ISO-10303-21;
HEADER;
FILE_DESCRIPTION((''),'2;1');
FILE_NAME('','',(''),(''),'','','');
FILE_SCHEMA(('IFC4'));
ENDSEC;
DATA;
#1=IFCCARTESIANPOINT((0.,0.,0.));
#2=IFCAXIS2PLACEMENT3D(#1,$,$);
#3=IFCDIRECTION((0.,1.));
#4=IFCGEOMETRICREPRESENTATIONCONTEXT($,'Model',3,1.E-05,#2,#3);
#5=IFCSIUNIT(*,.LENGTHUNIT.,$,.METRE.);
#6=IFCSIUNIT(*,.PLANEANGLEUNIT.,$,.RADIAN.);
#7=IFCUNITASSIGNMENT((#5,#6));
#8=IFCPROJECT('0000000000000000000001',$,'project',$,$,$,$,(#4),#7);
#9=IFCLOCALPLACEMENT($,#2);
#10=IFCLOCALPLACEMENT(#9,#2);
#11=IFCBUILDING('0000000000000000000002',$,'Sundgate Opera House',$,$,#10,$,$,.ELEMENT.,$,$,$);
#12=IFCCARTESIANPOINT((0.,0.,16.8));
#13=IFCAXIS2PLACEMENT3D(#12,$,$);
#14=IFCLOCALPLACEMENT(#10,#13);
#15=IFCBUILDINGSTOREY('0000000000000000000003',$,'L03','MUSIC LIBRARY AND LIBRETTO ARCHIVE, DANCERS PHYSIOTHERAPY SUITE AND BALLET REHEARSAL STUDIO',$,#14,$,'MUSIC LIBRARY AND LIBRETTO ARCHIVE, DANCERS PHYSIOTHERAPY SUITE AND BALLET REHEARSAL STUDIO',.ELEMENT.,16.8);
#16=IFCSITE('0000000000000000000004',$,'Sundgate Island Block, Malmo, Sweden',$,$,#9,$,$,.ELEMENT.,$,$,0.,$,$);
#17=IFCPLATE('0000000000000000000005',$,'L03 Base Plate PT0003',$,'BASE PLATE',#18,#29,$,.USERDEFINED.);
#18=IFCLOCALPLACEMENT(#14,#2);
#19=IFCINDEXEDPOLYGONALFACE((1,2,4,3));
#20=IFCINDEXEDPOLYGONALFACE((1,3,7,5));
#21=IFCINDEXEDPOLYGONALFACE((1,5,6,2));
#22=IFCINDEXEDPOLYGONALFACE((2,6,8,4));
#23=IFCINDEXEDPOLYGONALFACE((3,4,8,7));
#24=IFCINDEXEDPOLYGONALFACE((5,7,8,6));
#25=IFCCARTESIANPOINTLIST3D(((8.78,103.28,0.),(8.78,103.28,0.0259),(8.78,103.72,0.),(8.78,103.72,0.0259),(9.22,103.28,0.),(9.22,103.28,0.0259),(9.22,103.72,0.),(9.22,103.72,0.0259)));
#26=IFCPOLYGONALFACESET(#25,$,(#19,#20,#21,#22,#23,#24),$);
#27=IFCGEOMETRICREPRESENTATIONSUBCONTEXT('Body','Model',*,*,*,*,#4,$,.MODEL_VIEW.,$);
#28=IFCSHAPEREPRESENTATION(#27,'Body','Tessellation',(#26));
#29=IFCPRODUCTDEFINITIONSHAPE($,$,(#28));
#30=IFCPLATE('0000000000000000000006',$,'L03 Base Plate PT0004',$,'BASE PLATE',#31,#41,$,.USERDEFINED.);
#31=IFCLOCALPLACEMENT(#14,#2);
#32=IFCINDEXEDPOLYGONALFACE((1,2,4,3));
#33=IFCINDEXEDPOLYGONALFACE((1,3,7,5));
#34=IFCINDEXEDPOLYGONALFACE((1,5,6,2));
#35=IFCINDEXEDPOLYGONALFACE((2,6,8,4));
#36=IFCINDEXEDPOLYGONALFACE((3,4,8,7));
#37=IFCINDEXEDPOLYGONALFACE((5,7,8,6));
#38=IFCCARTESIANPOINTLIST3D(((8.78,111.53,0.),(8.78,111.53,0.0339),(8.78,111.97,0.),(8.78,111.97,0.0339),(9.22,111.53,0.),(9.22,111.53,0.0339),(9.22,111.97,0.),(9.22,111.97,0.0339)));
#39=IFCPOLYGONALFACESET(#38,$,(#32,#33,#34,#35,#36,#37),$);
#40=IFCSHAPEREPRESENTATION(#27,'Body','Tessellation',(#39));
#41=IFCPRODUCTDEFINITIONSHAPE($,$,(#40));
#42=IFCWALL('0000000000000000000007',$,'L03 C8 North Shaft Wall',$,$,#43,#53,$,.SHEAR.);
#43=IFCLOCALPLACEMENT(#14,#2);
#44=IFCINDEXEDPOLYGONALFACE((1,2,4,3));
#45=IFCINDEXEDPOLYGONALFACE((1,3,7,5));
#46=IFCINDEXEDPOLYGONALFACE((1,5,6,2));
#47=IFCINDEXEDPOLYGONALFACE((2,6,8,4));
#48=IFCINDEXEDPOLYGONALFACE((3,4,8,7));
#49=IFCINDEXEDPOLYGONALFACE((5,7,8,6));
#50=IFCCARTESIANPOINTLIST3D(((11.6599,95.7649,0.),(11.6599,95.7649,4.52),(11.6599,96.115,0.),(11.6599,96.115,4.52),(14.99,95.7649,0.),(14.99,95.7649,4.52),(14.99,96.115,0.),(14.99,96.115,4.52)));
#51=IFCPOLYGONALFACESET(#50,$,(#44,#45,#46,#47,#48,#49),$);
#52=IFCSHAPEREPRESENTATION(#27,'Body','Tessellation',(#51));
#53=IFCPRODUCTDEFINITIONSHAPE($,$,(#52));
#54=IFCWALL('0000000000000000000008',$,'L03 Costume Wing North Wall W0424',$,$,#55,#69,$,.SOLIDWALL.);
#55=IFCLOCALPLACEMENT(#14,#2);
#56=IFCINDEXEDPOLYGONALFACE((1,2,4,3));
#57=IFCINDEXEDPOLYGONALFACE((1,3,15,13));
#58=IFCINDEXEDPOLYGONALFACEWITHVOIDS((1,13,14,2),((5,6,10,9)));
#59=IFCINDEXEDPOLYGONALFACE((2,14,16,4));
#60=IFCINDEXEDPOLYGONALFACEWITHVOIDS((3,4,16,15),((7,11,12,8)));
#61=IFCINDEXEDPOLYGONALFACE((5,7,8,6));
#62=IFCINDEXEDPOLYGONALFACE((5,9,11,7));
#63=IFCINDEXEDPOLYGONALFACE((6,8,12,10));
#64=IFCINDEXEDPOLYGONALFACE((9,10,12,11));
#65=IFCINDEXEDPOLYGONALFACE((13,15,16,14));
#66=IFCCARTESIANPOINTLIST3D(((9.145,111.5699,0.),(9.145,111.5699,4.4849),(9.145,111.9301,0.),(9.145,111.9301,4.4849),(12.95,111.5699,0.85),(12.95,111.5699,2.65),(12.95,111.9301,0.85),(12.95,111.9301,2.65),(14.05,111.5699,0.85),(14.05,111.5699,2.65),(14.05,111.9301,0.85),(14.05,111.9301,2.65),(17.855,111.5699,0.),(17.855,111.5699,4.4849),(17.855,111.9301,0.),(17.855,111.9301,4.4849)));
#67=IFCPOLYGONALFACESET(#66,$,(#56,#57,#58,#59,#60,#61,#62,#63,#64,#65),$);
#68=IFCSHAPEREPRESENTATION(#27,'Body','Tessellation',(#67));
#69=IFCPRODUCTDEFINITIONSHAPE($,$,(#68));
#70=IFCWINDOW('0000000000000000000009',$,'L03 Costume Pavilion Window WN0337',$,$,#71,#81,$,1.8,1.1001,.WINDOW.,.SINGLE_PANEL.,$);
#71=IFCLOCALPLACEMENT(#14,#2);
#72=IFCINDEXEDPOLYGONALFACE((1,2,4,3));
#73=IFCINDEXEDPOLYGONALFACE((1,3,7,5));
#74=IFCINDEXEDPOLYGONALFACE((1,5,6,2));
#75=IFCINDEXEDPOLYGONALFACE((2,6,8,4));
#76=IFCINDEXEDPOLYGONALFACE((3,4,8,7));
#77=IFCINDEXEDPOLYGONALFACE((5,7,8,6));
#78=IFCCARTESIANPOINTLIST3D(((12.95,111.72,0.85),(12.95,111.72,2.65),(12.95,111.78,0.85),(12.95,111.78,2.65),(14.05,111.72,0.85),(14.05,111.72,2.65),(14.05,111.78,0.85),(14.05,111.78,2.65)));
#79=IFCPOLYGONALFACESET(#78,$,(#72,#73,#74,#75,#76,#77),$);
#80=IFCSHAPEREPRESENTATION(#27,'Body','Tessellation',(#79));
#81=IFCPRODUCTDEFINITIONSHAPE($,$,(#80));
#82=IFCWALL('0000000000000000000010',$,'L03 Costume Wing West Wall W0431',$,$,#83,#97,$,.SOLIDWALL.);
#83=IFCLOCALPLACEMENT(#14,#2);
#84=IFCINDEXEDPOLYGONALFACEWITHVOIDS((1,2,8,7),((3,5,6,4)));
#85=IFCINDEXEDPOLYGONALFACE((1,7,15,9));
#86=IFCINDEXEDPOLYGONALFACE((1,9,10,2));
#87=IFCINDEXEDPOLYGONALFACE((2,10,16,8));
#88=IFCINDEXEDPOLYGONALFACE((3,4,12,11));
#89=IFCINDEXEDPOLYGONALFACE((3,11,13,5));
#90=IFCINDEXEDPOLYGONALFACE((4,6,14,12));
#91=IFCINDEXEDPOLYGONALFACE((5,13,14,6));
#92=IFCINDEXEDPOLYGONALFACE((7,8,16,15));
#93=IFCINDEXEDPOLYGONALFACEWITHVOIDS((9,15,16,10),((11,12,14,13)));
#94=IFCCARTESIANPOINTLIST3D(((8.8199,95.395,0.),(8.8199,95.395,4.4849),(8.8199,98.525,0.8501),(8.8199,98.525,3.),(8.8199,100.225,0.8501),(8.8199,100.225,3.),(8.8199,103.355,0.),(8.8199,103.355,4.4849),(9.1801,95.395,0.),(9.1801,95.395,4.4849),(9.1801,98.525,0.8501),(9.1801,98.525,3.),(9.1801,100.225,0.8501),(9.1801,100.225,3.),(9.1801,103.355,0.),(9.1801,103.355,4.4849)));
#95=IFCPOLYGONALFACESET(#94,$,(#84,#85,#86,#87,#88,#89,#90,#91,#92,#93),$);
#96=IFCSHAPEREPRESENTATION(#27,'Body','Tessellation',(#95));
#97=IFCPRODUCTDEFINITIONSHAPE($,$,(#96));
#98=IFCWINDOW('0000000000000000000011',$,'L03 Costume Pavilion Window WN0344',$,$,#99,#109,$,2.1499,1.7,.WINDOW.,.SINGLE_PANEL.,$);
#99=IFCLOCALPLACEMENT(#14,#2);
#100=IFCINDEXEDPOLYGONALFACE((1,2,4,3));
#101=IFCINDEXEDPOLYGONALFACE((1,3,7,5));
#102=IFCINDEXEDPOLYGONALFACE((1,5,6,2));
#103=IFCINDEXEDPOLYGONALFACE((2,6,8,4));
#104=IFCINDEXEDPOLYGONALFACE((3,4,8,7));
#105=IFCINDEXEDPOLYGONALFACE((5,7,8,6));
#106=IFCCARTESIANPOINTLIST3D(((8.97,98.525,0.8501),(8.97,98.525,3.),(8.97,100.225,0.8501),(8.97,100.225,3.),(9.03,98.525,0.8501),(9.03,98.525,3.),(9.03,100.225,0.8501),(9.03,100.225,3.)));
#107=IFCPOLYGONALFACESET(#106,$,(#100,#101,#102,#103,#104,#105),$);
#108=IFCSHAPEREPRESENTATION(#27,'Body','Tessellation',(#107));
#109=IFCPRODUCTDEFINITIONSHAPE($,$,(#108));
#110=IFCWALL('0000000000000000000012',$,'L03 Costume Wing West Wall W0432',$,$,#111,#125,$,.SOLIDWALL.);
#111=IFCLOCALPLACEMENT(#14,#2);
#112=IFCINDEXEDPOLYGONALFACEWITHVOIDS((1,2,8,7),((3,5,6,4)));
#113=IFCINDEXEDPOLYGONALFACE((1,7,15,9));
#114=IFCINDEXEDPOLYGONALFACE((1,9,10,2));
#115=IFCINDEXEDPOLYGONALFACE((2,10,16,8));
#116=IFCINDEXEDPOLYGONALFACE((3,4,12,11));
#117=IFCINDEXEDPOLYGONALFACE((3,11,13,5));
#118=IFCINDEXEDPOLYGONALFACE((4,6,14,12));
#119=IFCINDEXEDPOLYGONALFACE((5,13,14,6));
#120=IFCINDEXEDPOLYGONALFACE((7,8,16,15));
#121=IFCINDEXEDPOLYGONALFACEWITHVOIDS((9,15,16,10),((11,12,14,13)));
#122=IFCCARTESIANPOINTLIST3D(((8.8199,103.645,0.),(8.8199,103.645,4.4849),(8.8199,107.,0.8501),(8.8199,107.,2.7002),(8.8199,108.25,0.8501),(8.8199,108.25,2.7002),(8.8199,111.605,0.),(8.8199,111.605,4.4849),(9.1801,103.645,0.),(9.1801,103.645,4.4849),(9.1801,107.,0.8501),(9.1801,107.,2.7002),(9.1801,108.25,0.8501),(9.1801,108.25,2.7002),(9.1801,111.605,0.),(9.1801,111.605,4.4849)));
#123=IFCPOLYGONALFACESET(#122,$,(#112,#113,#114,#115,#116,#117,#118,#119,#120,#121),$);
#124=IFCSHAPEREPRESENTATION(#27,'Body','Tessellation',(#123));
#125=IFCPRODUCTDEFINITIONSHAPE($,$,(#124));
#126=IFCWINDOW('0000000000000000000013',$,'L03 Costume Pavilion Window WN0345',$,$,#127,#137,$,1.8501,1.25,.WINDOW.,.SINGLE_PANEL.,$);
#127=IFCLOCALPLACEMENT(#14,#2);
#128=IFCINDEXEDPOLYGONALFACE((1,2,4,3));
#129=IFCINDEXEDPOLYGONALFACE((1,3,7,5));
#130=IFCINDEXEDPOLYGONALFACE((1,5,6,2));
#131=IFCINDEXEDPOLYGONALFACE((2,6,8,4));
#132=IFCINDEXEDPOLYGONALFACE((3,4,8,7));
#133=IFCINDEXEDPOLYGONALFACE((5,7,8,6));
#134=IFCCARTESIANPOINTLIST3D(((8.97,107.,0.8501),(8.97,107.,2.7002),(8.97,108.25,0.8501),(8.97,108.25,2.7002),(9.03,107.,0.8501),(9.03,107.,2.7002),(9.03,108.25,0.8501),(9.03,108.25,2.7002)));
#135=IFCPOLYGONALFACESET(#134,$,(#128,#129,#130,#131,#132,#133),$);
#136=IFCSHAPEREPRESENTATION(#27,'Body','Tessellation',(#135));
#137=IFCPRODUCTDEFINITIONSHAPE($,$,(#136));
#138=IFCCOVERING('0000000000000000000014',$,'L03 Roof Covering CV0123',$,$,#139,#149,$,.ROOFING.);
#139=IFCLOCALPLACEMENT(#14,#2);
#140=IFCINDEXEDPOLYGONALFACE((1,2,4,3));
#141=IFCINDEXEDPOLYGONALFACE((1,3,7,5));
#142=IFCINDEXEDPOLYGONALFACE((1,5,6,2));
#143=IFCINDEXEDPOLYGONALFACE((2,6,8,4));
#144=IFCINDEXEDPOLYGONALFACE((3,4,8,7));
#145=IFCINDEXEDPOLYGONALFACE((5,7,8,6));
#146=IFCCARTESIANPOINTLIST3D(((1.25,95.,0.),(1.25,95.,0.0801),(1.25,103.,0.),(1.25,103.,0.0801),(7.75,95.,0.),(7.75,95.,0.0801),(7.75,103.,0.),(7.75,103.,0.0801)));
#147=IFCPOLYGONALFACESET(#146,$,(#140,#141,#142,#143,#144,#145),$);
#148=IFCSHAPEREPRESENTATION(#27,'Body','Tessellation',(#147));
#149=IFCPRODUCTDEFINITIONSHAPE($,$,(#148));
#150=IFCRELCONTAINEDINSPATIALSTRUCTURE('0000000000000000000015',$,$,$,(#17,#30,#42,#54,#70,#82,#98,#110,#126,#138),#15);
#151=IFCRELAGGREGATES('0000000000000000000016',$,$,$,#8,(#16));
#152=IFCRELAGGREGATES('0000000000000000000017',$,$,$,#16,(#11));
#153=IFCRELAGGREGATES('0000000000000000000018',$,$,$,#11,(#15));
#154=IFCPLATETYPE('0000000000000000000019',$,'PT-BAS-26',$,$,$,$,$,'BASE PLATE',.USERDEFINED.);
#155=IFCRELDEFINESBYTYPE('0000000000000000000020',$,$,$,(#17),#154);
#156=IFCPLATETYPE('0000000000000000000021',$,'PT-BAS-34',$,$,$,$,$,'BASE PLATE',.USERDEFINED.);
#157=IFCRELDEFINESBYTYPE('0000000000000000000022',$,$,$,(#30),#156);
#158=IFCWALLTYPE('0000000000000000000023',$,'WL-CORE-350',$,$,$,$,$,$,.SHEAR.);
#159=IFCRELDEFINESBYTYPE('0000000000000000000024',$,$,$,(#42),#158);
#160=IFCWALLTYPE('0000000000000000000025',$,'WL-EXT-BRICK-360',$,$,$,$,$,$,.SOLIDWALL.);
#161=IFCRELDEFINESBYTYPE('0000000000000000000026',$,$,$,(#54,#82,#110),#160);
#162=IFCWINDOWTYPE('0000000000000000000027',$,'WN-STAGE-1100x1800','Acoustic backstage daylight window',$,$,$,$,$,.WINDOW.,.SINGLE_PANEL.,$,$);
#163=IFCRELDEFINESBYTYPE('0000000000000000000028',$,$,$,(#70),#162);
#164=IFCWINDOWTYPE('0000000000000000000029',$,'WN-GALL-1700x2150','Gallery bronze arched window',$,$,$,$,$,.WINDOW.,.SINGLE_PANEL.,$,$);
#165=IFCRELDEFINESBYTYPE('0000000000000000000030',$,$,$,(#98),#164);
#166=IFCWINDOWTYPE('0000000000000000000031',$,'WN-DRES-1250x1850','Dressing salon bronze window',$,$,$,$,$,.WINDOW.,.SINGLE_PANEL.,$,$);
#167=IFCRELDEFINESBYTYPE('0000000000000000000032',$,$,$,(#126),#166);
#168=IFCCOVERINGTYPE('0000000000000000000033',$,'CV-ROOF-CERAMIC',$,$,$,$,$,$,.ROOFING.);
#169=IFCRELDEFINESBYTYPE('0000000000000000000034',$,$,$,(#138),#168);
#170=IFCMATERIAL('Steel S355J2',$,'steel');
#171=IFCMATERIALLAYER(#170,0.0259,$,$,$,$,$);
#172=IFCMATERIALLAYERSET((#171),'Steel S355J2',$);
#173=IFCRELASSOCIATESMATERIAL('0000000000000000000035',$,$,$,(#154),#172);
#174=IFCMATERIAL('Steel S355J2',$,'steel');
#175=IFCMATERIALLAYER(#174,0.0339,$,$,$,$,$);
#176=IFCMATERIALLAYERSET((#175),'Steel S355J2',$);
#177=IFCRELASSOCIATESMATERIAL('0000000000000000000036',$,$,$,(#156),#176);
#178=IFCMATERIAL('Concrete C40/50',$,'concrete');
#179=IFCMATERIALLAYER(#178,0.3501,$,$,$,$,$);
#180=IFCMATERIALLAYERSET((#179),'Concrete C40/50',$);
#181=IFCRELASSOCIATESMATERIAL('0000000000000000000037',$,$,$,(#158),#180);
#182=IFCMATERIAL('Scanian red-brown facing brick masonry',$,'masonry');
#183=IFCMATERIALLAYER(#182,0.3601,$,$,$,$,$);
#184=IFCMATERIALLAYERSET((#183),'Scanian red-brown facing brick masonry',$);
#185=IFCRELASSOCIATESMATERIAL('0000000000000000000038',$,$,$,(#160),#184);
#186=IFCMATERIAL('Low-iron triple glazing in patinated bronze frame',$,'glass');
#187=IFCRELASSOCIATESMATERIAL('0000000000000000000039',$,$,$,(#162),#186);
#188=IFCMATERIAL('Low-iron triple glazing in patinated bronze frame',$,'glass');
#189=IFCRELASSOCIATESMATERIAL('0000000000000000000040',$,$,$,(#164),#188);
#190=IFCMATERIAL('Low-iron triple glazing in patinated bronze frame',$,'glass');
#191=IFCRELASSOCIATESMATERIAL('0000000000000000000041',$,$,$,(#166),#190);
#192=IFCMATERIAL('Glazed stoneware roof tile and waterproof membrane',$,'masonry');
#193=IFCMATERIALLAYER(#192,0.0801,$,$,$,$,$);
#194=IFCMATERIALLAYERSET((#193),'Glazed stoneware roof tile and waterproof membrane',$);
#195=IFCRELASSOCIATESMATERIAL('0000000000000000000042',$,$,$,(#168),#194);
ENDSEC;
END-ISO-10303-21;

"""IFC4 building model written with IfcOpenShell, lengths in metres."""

from ifc_helpers import new_model, si_unit, direction, frame, frame_2d, origin, origin_2d, place, context, subcontext, project, spatial, rectangle, extrude, material, layer, layer_set, type_object, element, fill, save


model = new_model("IFC4")

# Units and contexts
model_context = context("Model", 3, precision=1e-05, world=origin(), true_north=direction((0.0, 1.0)))
body_context = subcontext(model_context, "Body", "Model", "MODEL_VIEW")
ifc_project = project(units=[si_unit("LENGTHUNIT", "METRE"), si_unit("PLANEANGLEUNIT", "RADIAN")], contexts=[model_context])

# Site, building, storey
site_placement = place(None, origin())
site = spatial("IfcSite", under=ifc_project, at=site_placement, Name="Sundgate Island Block, Malmo, Sweden", CompositionType="ELEMENT", RefElevation=0.0)
building_placement = place(site_placement, origin())
building = spatial("IfcBuilding", under=site, at=building_placement, Name="Sundgate Opera House", CompositionType="ELEMENT")
storey_placement = place(building_placement, frame((0.0, 0.0, 16.8)))
storey = spatial("IfcBuildingStorey", under=building, at=storey_placement, Name="L03", Description="MUSIC LIBRARY AND LIBRETTO ARCHIVE, DANCERS PHYSIOTHERAPY SUITE AND BALLET REHEARSAL STUDIO", LongName="MUSIC LIBRARY AND LIBRETTO ARCHIVE, DANCERS PHYSIOTHERAPY SUITE AND BALLET REHEARSAL STUDIO", CompositionType="ELEMENT", Elevation=16.8)

# Plates
ifc_material_1 = material(Name="Steel S355J2", Category="steel")
ifc_layer_1 = layer(ifc_material_1, 0.0259)
ifc_layer_set_1 = layer_set([ifc_layer_1], Name="Steel S355J2")
plate_type_1 = type_object("IfcPlateType", Name="PT-BAS-26", ElementType="BASE PLATE", PredefinedType="USERDEFINED", material=ifc_layer_set_1)
plate_1_placement = place(storey_placement, frame((9.0, 103.5, 0.0), z_axis=(0.0, 0.0, 1.0), x_axis=(1.0, 0.0, 0.0)))
element("IfcPlate", 1, at=plate_1_placement, inside=storey, type_object=plate_type_1, Name="L03 Base Plate PT0003", ObjectType="BASE PLATE", PredefinedType="USERDEFINED", context=body_context, shape_type="SweptSolid", body=[
    extrude(rectangle(XDim=0.4399, YDim=0.4399, at=origin_2d()), origin(), (0.0, 0.0, 1.0), 0.0259),
])
ifc_material_2 = material(Name="Steel S355J2", Category="steel")
ifc_layer_2 = layer(ifc_material_2, 0.0339)
ifc_layer_set_2 = layer_set([ifc_layer_2], Name="Steel S355J2")
plate_type_2 = type_object("IfcPlateType", Name="PT-BAS-34", ElementType="BASE PLATE", PredefinedType="USERDEFINED", material=ifc_layer_set_2)
plate_2_placement = place(storey_placement, frame((9.0, 111.75, 0.0), z_axis=(0.0, 0.0, 1.0), x_axis=(1.0, 0.0, 0.0)))
element("IfcPlate", 2, at=plate_2_placement, inside=storey, type_object=plate_type_2, Name="L03 Base Plate PT0004", ObjectType="BASE PLATE", PredefinedType="USERDEFINED", context=body_context, shape_type="SweptSolid", body=[
    extrude(rectangle(XDim=0.4399, YDim=0.4399, at=origin_2d()), origin(), (0.0, 0.0, 1.0), 0.0339),
])

# Wall
ifc_material_3 = material(Name="Concrete C40/50", Category="concrete")
ifc_layer_3 = layer(ifc_material_3, 0.3501)
ifc_layer_set_3 = layer_set([ifc_layer_3], Name="Concrete C40/50")
wall_type_1 = type_object("IfcWallType", Name="WL-CORE-350", PredefinedType="SHEAR", material=ifc_layer_set_3)
wall_1_placement = place(storey_placement, frame((11.6599, 95.9399, 0.0), z_axis=(0.0, 0.0, 1.0), x_axis=(1.0, 0.0, 0.0)))
element("IfcWall", 3, at=wall_1_placement, inside=storey, type_object=wall_type_1, Name="L03 C8 North Shaft Wall", PredefinedType="SHEAR", context=body_context, shape_type="SweptSolid", body=[
    extrude(rectangle(XDim=3.3301, YDim=0.3501, at=frame_2d((1.665, 0.0))), origin(), (0.0, 0.0, 1.0), 4.52),
])

# Walls, openings, windows
ifc_material_4 = material(Name="Scanian red-brown facing brick masonry", Category="masonry")
ifc_layer_4 = layer(ifc_material_4, 0.3601)
ifc_layer_set_4 = layer_set([ifc_layer_4], Name="Scanian red-brown facing brick masonry")
wall_type_2 = type_object("IfcWallType", Name="WL-EXT-BRICK-360", PredefinedType="SOLIDWALL", material=ifc_layer_set_4)
wall_2_placement = place(storey_placement, frame((9.145, 111.75, 0.0), z_axis=(0.0, 0.0, 1.0), x_axis=(1.0, 0.0, 0.0)))
wall_2 = element("IfcWall", 4, at=wall_2_placement, inside=storey, type_object=wall_type_2, Name="L03 Costume Wing North Wall W0424", PredefinedType="SOLIDWALL", context=body_context, shape_type="SweptSolid", body=[
    extrude(rectangle(XDim=8.71, YDim=0.3601, at=frame_2d((4.355, 0.0))), origin(), (0.0, 0.0, 1.0), 4.4849),
])
opening_1_placement = place(wall_2_placement, frame((3.8049, 0.0, 0.8501)))
opening_1 = element("IfcOpeningElement", 5, at=opening_1_placement, cuts=wall_2, PredefinedType="OPENING", context=body_context, shape_type="SweptSolid", body=[
    extrude(rectangle(XDim=1.1001, YDim=1.8, at=frame_2d((0.55, 0.8999))), frame((0.0, 0.1899, 0.0), z_axis=(0.0, -1.0, 0.0), x_axis=(1.0, 0.0, 0.0)), (0.0, 0.0, 1.0), 0.3801),
])
ifc_material_5 = material(Name="Low-iron triple glazing in patinated bronze frame", Category="glass")
window_type_1 = type_object("IfcWindowType", Name="WN-STAGE-1100x1800", Description="Acoustic backstage daylight window", PartitioningType="SINGLE_PANEL", PredefinedType="WINDOW", material=ifc_material_5)
window_1_placement = place(opening_1_placement, origin())
window_1 = element("IfcWindow", 6, at=window_1_placement, inside=storey, type_object=window_type_1, Name="L03 Costume Pavilion Window WN0337", OverallHeight=1.8, OverallWidth=1.1001, PartitioningType="SINGLE_PANEL", PredefinedType="WINDOW", context=body_context, shape_type="SweptSolid", body=[
    extrude(rectangle(XDim=1.1001, YDim=1.8, at=frame_2d((0.55, 0.8999))), frame((0.0, 0.03, 0.0), z_axis=(0.0, -1.0, 0.0), x_axis=(1.0, 0.0, 0.0)), (0.0, 0.0, 1.0), 0.0601),
])
fill(opening_1, window_1)
wall_3_placement = place(storey_placement, frame((9.0, 103.355, 0.0), z_axis=(0.0, 0.0, 1.0), x_axis=(0.0, -1.0, 0.0)))
wall_3 = element("IfcWall", 7, at=wall_3_placement, inside=storey, type_object=wall_type_2, Name="L03 Costume Wing West Wall W0431", PredefinedType="SOLIDWALL", context=body_context, shape_type="SweptSolid", body=[
    extrude(rectangle(XDim=7.96, YDim=0.3601, at=frame_2d((3.98, 0.0))), origin(), (0.0, 0.0, 1.0), 4.4849),
])
opening_2_placement = place(wall_3_placement, frame((3.1299, 0.0, 0.8501)))
opening_2 = element("IfcOpeningElement", 8, at=opening_2_placement, cuts=wall_3, PredefinedType="OPENING", context=body_context, shape_type="SweptSolid", body=[
    extrude(rectangle(XDim=1.7, YDim=2.1499, at=frame_2d((0.8501, 1.075))), frame((0.0, 0.1899, 0.0), z_axis=(0.0, -1.0, 0.0), x_axis=(1.0, 0.0, 0.0)), (0.0, 0.0, 1.0), 0.3801),
])
ifc_material_6 = material(Name="Low-iron triple glazing in patinated bronze frame", Category="glass")
window_type_2 = type_object("IfcWindowType", Name="WN-GALL-1700x2150", Description="Gallery bronze arched window", PartitioningType="SINGLE_PANEL", PredefinedType="WINDOW", material=ifc_material_6)
window_2_placement = place(opening_2_placement, origin())
window_2 = element("IfcWindow", 9, at=window_2_placement, inside=storey, type_object=window_type_2, Name="L03 Costume Pavilion Window WN0344", OverallHeight=2.1499, OverallWidth=1.7, PartitioningType="SINGLE_PANEL", PredefinedType="WINDOW", context=body_context, shape_type="SweptSolid", body=[
    extrude(rectangle(XDim=1.7, YDim=2.1499, at=frame_2d((0.8501, 1.075))), frame((0.0, 0.03, 0.0), z_axis=(0.0, -1.0, 0.0), x_axis=(1.0, 0.0, 0.0)), (0.0, 0.0, 1.0), 0.0601),
])
fill(opening_2, window_2)
wall_4_placement = place(storey_placement, frame((9.0, 111.605, 0.0), z_axis=(0.0, 0.0, 1.0), x_axis=(0.0, -1.0, 0.0)))
wall_4 = element("IfcWall", 10, at=wall_4_placement, inside=storey, type_object=wall_type_2, Name="L03 Costume Wing West Wall W0432", PredefinedType="SOLIDWALL", context=body_context, shape_type="SweptSolid", body=[
    extrude(rectangle(XDim=7.96, YDim=0.3601, at=frame_2d((3.98, 0.0))), origin(), (0.0, 0.0, 1.0), 4.4849),
])
opening_3_placement = place(wall_4_placement, frame((3.355, 0.0, 0.8501)))
opening_3 = element("IfcOpeningElement", 11, at=opening_3_placement, cuts=wall_4, PredefinedType="OPENING", context=body_context, shape_type="SweptSolid", body=[
    extrude(rectangle(XDim=1.25, YDim=1.8501, at=frame_2d((0.625, 0.925))), frame((0.0, 0.1899, 0.0), z_axis=(0.0, -1.0, 0.0), x_axis=(1.0, 0.0, 0.0)), (0.0, 0.0, 1.0), 0.3801),
])
ifc_material_7 = material(Name="Low-iron triple glazing in patinated bronze frame", Category="glass")
window_type_3 = type_object("IfcWindowType", Name="WN-DRES-1250x1850", Description="Dressing salon bronze window", PartitioningType="SINGLE_PANEL", PredefinedType="WINDOW", material=ifc_material_7)
window_3_placement = place(opening_3_placement, origin())
window_3 = element("IfcWindow", 12, at=window_3_placement, inside=storey, type_object=window_type_3, Name="L03 Costume Pavilion Window WN0345", OverallHeight=1.8501, OverallWidth=1.25, PartitioningType="SINGLE_PANEL", PredefinedType="WINDOW", context=body_context, shape_type="SweptSolid", body=[
    extrude(rectangle(XDim=1.25, YDim=1.8501, at=frame_2d((0.625, 0.925))), frame((0.0, 0.03, 0.0), z_axis=(0.0, -1.0, 0.0), x_axis=(1.0, 0.0, 0.0)), (0.0, 0.0, 1.0), 0.0601),
])
fill(opening_3, window_3)

# Covering
ifc_material_8 = material(Name="Glazed stoneware roof tile and waterproof membrane", Category="masonry")
ifc_layer_5 = layer(ifc_material_8, 0.0801)
ifc_layer_set_5 = layer_set([ifc_layer_5], Name="Glazed stoneware roof tile and waterproof membrane")
covering_type = type_object("IfcCoveringType", Name="CV-ROOF-CERAMIC", PredefinedType="ROOFING", material=ifc_layer_set_5)
covering_placement = place(storey_placement, frame((4.5, 99.0, 0.0), z_axis=(0.0, 0.0, 1.0), x_axis=(1.0, 0.0, 0.0)))
element("IfcCovering", 13, at=covering_placement, inside=storey, type_object=covering_type, Name="L03 Roof Covering CV0123", PredefinedType="ROOFING", context=body_context, shape_type="SweptSolid", body=[
    extrude(rectangle(XDim=6.5, YDim=8.0, at=origin_2d()), origin(), (0.0, 0.0, 1.0), 0.0801),
])

save(model, "model.ifc")
